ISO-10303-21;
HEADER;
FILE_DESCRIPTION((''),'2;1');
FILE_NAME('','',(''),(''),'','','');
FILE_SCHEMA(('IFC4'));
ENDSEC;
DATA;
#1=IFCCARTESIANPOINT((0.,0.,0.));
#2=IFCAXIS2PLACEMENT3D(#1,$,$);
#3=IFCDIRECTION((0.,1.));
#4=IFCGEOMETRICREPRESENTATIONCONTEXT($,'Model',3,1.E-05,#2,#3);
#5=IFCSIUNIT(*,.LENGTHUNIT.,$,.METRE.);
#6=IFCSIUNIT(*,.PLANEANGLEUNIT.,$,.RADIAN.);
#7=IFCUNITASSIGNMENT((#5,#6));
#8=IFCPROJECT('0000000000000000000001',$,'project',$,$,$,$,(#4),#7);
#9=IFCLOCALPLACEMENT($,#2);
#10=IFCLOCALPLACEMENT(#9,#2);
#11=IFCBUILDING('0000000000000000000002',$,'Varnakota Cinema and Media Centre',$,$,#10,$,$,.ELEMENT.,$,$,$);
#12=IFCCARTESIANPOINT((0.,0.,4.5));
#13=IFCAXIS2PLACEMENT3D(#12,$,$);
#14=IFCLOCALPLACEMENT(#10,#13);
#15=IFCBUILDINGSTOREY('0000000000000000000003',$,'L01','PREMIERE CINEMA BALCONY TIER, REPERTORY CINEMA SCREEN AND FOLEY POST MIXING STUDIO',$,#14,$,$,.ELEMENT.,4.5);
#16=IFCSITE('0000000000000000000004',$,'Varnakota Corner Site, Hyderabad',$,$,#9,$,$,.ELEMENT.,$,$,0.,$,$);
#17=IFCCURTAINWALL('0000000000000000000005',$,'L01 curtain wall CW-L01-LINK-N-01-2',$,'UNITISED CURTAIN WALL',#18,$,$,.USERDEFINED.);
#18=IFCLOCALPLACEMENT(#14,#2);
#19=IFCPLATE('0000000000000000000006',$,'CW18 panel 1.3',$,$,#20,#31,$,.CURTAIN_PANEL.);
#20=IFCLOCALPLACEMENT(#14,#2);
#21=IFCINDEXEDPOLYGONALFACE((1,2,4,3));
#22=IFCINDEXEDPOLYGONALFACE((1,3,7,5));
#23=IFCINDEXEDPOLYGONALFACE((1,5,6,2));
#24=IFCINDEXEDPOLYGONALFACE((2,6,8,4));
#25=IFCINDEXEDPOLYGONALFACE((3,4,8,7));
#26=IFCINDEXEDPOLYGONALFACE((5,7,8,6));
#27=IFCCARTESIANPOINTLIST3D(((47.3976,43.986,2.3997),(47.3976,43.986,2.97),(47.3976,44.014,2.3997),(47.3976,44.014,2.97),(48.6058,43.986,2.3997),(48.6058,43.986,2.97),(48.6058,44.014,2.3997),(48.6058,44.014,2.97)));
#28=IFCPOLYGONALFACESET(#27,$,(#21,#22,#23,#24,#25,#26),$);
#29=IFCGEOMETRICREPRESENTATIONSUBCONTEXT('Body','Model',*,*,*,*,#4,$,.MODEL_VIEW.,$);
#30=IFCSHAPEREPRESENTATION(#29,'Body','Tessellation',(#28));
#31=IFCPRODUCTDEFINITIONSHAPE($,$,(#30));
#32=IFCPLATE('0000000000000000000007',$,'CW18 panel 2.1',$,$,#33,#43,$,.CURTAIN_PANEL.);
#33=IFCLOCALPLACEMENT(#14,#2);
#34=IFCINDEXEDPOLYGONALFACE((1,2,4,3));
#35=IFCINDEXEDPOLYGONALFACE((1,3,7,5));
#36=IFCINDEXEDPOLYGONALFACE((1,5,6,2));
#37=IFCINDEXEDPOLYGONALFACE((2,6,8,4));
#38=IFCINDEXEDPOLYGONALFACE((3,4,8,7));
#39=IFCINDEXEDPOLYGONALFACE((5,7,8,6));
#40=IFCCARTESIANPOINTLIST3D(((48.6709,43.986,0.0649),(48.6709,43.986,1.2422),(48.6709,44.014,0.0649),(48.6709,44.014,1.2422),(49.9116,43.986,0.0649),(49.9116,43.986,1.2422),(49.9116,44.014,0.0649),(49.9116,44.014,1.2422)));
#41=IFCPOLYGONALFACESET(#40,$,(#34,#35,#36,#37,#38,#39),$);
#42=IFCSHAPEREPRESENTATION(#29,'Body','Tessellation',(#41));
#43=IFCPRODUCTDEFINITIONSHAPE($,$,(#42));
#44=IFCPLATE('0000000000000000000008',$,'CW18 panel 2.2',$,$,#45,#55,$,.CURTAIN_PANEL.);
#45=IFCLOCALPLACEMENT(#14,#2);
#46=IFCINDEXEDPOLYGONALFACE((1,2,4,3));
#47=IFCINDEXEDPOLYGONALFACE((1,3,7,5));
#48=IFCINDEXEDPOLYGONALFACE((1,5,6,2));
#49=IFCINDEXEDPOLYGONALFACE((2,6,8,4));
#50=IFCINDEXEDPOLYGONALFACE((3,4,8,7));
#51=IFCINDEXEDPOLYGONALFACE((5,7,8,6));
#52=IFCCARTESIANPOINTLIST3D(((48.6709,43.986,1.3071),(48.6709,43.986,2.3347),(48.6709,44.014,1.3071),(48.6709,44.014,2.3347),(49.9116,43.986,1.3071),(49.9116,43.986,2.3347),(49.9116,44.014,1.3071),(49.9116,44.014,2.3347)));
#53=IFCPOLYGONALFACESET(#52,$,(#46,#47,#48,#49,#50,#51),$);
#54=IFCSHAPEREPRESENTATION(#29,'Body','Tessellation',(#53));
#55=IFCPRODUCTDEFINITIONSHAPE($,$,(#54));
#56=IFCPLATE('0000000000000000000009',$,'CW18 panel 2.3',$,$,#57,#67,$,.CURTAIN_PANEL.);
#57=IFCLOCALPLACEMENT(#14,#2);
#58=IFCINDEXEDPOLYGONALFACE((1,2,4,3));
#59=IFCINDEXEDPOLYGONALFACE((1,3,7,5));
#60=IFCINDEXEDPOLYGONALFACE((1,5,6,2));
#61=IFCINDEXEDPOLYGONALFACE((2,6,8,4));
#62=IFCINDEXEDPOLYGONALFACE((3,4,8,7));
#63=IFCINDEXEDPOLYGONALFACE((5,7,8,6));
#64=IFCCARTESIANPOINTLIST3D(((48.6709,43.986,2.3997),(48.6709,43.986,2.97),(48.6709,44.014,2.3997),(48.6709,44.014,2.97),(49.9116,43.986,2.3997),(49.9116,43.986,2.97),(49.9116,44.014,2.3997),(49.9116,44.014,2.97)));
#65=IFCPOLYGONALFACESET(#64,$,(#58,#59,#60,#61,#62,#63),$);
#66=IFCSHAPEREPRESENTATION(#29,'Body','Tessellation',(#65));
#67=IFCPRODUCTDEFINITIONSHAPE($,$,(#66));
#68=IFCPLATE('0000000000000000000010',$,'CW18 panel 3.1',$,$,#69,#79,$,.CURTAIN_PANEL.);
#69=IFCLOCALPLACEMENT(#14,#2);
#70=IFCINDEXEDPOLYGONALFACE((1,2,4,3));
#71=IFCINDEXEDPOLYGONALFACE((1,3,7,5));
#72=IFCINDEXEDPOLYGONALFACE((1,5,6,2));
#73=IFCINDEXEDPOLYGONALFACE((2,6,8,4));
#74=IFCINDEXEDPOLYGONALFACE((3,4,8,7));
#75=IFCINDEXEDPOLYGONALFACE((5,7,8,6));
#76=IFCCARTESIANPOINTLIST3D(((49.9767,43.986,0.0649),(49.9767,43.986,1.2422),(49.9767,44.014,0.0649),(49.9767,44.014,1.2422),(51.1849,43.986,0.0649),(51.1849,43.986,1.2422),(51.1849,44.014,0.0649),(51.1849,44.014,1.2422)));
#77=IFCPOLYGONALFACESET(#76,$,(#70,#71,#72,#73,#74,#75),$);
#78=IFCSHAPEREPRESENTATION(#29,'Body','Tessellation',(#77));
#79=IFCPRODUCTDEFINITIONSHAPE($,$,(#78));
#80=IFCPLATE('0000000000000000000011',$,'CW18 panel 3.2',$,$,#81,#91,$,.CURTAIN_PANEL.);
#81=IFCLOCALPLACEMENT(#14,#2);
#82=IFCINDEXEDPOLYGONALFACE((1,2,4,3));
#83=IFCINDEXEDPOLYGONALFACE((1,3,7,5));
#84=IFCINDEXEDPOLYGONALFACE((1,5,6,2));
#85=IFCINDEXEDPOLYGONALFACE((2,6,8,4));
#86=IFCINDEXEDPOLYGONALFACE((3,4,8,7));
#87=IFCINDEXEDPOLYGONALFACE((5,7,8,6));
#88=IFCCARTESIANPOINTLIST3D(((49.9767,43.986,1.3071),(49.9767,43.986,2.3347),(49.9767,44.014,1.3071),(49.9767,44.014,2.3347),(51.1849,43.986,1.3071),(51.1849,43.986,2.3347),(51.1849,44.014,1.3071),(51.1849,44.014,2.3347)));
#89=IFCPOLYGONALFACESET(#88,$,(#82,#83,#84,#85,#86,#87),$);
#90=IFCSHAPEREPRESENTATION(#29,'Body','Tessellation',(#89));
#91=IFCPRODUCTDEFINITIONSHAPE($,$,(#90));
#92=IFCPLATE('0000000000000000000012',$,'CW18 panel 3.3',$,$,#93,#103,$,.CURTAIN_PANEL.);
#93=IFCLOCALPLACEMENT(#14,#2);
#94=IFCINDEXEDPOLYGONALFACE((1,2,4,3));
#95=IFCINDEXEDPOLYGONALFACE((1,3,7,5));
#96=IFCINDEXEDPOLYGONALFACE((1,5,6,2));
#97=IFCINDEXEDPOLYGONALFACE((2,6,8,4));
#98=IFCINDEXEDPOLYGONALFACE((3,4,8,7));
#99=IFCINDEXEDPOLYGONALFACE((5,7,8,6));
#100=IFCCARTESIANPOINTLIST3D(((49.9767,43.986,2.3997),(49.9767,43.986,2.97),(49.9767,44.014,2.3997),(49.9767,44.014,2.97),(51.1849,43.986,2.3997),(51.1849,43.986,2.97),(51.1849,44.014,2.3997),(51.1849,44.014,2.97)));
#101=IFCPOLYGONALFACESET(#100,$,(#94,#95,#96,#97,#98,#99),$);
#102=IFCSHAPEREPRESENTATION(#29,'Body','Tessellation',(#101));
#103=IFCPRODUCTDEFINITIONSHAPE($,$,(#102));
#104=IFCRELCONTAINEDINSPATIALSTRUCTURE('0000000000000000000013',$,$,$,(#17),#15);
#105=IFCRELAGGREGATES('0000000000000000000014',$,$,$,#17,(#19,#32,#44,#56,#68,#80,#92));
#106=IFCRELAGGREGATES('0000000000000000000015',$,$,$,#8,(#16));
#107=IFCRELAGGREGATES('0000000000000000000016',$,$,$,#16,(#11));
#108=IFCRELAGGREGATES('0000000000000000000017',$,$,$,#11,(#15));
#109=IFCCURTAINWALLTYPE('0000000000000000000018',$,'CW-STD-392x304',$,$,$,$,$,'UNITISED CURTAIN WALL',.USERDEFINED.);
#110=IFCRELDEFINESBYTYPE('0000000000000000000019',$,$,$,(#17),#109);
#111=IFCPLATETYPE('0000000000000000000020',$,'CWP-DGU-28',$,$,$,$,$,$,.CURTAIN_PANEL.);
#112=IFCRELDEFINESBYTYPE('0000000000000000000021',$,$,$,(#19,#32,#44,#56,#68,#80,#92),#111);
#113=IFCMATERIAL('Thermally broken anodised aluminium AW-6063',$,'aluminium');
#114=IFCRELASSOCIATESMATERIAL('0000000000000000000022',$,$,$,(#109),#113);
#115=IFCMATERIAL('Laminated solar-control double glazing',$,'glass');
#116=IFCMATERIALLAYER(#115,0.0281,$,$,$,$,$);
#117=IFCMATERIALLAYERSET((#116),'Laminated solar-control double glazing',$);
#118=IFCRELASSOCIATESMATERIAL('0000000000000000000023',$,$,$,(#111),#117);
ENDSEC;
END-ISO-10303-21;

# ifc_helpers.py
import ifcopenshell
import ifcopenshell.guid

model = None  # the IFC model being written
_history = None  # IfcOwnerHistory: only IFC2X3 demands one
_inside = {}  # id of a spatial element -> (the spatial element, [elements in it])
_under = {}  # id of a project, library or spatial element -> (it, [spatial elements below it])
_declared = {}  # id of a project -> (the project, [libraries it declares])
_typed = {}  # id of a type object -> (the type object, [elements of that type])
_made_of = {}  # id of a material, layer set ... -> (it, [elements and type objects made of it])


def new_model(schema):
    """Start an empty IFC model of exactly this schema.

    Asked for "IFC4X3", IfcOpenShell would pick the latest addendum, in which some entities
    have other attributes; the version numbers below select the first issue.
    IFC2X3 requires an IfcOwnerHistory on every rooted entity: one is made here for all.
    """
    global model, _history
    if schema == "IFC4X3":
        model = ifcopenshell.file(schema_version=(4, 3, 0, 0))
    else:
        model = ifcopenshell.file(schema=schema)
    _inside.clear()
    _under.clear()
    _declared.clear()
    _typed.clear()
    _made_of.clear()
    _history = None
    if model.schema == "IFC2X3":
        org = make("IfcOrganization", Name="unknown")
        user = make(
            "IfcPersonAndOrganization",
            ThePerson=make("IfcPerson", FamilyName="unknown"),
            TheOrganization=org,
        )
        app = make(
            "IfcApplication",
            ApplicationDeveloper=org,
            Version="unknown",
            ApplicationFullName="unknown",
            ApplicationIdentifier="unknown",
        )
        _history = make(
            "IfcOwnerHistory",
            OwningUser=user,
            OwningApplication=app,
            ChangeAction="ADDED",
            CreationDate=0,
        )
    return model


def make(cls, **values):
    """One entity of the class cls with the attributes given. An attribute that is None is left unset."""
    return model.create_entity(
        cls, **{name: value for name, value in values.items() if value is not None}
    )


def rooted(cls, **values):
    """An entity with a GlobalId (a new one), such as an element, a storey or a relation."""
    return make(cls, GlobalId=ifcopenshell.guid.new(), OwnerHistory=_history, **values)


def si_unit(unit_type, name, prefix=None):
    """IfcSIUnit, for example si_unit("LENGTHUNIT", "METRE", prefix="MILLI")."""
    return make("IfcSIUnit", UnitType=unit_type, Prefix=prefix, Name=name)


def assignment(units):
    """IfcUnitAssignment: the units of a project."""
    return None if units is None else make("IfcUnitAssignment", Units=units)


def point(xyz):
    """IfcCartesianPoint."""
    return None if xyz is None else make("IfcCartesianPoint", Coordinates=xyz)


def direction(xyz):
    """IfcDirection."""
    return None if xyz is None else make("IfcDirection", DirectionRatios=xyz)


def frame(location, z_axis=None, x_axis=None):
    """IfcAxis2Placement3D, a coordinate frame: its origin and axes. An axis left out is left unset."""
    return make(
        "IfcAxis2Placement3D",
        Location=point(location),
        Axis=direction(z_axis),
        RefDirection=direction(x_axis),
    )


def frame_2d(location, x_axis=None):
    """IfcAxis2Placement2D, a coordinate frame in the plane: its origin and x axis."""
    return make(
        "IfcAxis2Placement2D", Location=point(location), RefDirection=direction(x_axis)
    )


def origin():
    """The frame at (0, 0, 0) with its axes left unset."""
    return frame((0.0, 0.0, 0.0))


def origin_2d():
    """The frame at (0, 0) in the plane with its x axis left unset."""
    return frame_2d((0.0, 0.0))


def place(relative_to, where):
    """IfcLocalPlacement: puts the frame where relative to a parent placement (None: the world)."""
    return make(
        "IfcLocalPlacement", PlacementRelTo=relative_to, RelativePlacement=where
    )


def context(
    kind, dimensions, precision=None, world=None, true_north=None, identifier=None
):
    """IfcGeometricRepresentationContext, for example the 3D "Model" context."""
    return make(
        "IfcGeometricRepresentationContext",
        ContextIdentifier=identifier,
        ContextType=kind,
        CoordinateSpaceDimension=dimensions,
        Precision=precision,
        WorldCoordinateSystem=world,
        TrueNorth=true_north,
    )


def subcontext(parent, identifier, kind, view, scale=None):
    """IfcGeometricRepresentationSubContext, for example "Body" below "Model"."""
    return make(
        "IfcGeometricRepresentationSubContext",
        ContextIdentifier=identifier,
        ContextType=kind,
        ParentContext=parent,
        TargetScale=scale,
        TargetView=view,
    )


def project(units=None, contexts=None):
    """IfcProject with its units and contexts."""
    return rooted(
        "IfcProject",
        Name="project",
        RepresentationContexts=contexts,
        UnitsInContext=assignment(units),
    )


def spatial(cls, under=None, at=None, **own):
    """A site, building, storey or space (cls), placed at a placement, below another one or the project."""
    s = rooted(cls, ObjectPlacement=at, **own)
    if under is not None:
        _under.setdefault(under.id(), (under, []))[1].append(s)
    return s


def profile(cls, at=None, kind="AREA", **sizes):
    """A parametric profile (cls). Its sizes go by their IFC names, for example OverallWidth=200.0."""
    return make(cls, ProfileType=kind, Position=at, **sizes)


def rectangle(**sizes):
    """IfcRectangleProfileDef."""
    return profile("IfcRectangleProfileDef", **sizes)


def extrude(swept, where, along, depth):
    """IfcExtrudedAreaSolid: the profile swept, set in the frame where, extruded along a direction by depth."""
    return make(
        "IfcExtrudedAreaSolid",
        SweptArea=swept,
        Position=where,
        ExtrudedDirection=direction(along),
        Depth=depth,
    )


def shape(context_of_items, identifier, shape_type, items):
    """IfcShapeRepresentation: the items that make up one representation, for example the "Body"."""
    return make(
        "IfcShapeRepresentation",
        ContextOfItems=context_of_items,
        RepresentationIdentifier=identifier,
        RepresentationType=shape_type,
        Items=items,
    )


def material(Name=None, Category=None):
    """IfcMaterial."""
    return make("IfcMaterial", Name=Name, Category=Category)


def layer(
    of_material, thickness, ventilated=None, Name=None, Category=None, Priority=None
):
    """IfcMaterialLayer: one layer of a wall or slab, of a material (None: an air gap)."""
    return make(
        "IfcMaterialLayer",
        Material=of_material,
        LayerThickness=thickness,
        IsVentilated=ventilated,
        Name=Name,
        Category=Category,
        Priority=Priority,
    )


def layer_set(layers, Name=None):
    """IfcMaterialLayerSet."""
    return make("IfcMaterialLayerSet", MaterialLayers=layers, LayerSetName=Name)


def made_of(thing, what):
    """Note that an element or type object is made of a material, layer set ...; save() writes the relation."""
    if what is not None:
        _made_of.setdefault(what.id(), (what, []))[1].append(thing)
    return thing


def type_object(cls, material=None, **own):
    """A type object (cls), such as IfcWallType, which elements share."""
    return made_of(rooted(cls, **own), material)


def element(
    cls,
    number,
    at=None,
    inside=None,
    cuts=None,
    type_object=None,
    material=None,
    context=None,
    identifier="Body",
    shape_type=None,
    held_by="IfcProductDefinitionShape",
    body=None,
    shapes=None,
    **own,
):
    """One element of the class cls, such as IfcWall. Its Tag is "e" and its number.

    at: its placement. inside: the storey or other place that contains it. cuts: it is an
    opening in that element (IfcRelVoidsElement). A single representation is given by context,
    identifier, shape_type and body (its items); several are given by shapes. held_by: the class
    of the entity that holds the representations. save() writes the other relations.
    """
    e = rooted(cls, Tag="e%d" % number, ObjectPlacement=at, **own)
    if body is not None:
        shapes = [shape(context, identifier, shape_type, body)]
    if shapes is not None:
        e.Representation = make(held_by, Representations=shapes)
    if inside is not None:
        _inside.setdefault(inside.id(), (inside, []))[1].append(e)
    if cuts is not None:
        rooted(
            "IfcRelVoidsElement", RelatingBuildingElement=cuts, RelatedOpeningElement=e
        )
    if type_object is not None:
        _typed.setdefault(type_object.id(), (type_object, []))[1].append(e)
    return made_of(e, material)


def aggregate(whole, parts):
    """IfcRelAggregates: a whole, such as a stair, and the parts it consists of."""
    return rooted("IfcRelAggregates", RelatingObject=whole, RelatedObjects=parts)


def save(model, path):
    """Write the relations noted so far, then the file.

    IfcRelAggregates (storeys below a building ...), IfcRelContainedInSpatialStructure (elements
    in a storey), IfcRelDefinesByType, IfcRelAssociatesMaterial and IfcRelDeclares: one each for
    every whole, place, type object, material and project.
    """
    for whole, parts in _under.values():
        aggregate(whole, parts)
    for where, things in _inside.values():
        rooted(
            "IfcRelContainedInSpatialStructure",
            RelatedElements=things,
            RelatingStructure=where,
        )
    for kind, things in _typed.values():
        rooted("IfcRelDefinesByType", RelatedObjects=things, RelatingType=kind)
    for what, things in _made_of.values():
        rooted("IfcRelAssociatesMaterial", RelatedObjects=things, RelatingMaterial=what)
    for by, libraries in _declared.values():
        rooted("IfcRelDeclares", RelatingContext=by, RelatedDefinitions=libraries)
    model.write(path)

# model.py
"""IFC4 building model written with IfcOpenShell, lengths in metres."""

from ifc_helpers import new_model, si_unit, direction, frame, origin, origin_2d, place, context, subcontext, project, spatial, rectangle, extrude, material, layer, layer_set, type_object, element, aggregate, save


model = new_model("IFC4")

# Units and contexts
model_context = context("Model", 3, precision=1e-05, world=origin(), true_north=direction((0.0, 1.0)))
body_context = subcontext(model_context, "Body", "Model", "MODEL_VIEW")
ifc_project = project(units=[si_unit("LENGTHUNIT", "METRE"), si_unit("PLANEANGLEUNIT", "RADIAN")], contexts=[model_context])

# Site, building, storey
site_placement = place(None, origin())
site = spatial("IfcSite", under=ifc_project, at=site_placement, Name="Varnakota Corner Site, Hyderabad", CompositionType="ELEMENT", RefElevation=0.0)
building_placement = place(site_placement, origin())
building = spatial("IfcBuilding", under=site, at=building_placement, Name="Varnakota Cinema and Media Centre", CompositionType="ELEMENT")
storey_placement = place(building_placement, frame((0.0, 0.0, 4.5)))
storey = spatial("IfcBuildingStorey", under=building, at=storey_placement, Name="L01", Description="PREMIERE CINEMA BALCONY TIER, REPERTORY CINEMA SCREEN AND FOLEY POST MIXING STUDIO", CompositionType="ELEMENT", Elevation=4.5)

# Shared definitions
ifc_material_1 = material(Name="Thermally broken anodised aluminium AW-6063", Category="aluminium")
curtain_wall_type = type_object("IfcCurtainWallType", Name="CW-STD-392x304", ElementType="UNITISED CURTAIN WALL", PredefinedType="USERDEFINED", material=ifc_material_1)

# Curtain wall
curtain_wall_1_placement = place(storey_placement, origin())
curtain_wall_1 = element("IfcCurtainWall", 1, at=curtain_wall_1_placement, inside=storey, type_object=curtain_wall_type, Name="L01 curtain wall CW-L01-LINK-N-01-2", ObjectType="UNITISED CURTAIN WALL", PredefinedType="USERDEFINED")

# Plates
ifc_material_2 = material(Name="Laminated solar-control double glazing", Category="glass")
ifc_layer = layer(ifc_material_2, 0.0281)
ifc_layer_set = layer_set([ifc_layer], Name="Laminated solar-control double glazing")
plate_type = type_object("IfcPlateType", Name="CWP-DGU-28", PredefinedType="CURTAIN_PANEL", material=ifc_layer_set)
plate_1_placement = place(storey_placement, frame((48.0017, 44.0, 2.3997), z_axis=(0.0, 0.0, 1.0), x_axis=(1.0, 0.0, 0.0)))
plate_1 = element("IfcPlate", 2, at=plate_1_placement, type_object=plate_type, Name="CW18 panel 1.3", PredefinedType="CURTAIN_PANEL", context=body_context, shape_type="SweptSolid", body=[
    extrude(rectangle(XDim=1.2083, YDim=0.0281, at=origin_2d()), origin(), (0.0, 0.0, 1.0), 0.5703),
])
plate_2_placement = place(storey_placement, frame((49.2913, 44.0, 0.0649), z_axis=(0.0, 0.0, 1.0), x_axis=(1.0, 0.0, 0.0)))
plate_2 = element("IfcPlate", 3, at=plate_2_placement, type_object=plate_type, Name="CW18 panel 2.1", PredefinedType="CURTAIN_PANEL", context=body_context, shape_type="SweptSolid", body=[
    extrude(rectangle(XDim=1.2407, YDim=0.0281, at=origin_2d()), origin(), (0.0, 0.0, 1.0), 1.1772),
])
plate_3_placement = place(storey_placement, frame((49.2913, 44.0, 1.3071), z_axis=(0.0, 0.0, 1.0), x_axis=(1.0, 0.0, 0.0)))
plate_3 = element("IfcPlate", 4, at=plate_3_placement, type_object=plate_type, Name="CW18 panel 2.2", PredefinedType="CURTAIN_PANEL", context=body_context, shape_type="SweptSolid", body=[
    extrude(rectangle(XDim=1.2407, YDim=0.0281, at=origin_2d()), origin(), (0.0, 0.0, 1.0), 1.0276),
])
plate_4_placement = place(storey_placement, frame((49.2913, 44.0, 2.3997), z_axis=(0.0, 0.0, 1.0), x_axis=(1.0, 0.0, 0.0)))
plate_4 = element("IfcPlate", 5, at=plate_4_placement, type_object=plate_type, Name="CW18 panel 2.3", PredefinedType="CURTAIN_PANEL", context=body_context, shape_type="SweptSolid", body=[
    extrude(rectangle(XDim=1.2407, YDim=0.0281, at=origin_2d()), origin(), (0.0, 0.0, 1.0), 0.5703),
])
plate_5_placement = place(storey_placement, frame((50.5808, 44.0, 0.0649), z_axis=(0.0, 0.0, 1.0), x_axis=(1.0, 0.0, 0.0)))
plate_5 = element("IfcPlate", 6, at=plate_5_placement, type_object=plate_type, Name="CW18 panel 3.1", PredefinedType="CURTAIN_PANEL", context=body_context, shape_type="SweptSolid", body=[
    extrude(rectangle(XDim=1.2083, YDim=0.0281, at=origin_2d()), origin(), (0.0, 0.0, 1.0), 1.1772),
])
plate_6_placement = place(storey_placement, frame((50.5808, 44.0, 1.3071), z_axis=(0.0, 0.0, 1.0), x_axis=(1.0, 0.0, 0.0)))
plate_6 = element("IfcPlate", 7, at=plate_6_placement, type_object=plate_type, Name="CW18 panel 3.2", PredefinedType="CURTAIN_PANEL", context=body_context, shape_type="SweptSolid", body=[
    extrude(rectangle(XDim=1.2083, YDim=0.0281, at=origin_2d()), origin(), (0.0, 0.0, 1.0), 1.0276),
])
plate_7_placement = place(storey_placement, frame((50.5808, 44.0, 2.3997), z_axis=(0.0, 0.0, 1.0), x_axis=(1.0, 0.0, 0.0)))
plate_7 = element("IfcPlate", 8, at=plate_7_placement, type_object=plate_type, Name="CW18 panel 3.3", PredefinedType="CURTAIN_PANEL", context=body_context, shape_type="SweptSolid", body=[
    extrude(rectangle(XDim=1.2083, YDim=0.0281, at=origin_2d()), origin(), (0.0, 0.0, 1.0), 0.5703),
])
aggregate(curtain_wall_1, [plate_1, plate_2, plate_3, plate_4, plate_5, plate_6, plate_7])

save(model, "model.ifc")
